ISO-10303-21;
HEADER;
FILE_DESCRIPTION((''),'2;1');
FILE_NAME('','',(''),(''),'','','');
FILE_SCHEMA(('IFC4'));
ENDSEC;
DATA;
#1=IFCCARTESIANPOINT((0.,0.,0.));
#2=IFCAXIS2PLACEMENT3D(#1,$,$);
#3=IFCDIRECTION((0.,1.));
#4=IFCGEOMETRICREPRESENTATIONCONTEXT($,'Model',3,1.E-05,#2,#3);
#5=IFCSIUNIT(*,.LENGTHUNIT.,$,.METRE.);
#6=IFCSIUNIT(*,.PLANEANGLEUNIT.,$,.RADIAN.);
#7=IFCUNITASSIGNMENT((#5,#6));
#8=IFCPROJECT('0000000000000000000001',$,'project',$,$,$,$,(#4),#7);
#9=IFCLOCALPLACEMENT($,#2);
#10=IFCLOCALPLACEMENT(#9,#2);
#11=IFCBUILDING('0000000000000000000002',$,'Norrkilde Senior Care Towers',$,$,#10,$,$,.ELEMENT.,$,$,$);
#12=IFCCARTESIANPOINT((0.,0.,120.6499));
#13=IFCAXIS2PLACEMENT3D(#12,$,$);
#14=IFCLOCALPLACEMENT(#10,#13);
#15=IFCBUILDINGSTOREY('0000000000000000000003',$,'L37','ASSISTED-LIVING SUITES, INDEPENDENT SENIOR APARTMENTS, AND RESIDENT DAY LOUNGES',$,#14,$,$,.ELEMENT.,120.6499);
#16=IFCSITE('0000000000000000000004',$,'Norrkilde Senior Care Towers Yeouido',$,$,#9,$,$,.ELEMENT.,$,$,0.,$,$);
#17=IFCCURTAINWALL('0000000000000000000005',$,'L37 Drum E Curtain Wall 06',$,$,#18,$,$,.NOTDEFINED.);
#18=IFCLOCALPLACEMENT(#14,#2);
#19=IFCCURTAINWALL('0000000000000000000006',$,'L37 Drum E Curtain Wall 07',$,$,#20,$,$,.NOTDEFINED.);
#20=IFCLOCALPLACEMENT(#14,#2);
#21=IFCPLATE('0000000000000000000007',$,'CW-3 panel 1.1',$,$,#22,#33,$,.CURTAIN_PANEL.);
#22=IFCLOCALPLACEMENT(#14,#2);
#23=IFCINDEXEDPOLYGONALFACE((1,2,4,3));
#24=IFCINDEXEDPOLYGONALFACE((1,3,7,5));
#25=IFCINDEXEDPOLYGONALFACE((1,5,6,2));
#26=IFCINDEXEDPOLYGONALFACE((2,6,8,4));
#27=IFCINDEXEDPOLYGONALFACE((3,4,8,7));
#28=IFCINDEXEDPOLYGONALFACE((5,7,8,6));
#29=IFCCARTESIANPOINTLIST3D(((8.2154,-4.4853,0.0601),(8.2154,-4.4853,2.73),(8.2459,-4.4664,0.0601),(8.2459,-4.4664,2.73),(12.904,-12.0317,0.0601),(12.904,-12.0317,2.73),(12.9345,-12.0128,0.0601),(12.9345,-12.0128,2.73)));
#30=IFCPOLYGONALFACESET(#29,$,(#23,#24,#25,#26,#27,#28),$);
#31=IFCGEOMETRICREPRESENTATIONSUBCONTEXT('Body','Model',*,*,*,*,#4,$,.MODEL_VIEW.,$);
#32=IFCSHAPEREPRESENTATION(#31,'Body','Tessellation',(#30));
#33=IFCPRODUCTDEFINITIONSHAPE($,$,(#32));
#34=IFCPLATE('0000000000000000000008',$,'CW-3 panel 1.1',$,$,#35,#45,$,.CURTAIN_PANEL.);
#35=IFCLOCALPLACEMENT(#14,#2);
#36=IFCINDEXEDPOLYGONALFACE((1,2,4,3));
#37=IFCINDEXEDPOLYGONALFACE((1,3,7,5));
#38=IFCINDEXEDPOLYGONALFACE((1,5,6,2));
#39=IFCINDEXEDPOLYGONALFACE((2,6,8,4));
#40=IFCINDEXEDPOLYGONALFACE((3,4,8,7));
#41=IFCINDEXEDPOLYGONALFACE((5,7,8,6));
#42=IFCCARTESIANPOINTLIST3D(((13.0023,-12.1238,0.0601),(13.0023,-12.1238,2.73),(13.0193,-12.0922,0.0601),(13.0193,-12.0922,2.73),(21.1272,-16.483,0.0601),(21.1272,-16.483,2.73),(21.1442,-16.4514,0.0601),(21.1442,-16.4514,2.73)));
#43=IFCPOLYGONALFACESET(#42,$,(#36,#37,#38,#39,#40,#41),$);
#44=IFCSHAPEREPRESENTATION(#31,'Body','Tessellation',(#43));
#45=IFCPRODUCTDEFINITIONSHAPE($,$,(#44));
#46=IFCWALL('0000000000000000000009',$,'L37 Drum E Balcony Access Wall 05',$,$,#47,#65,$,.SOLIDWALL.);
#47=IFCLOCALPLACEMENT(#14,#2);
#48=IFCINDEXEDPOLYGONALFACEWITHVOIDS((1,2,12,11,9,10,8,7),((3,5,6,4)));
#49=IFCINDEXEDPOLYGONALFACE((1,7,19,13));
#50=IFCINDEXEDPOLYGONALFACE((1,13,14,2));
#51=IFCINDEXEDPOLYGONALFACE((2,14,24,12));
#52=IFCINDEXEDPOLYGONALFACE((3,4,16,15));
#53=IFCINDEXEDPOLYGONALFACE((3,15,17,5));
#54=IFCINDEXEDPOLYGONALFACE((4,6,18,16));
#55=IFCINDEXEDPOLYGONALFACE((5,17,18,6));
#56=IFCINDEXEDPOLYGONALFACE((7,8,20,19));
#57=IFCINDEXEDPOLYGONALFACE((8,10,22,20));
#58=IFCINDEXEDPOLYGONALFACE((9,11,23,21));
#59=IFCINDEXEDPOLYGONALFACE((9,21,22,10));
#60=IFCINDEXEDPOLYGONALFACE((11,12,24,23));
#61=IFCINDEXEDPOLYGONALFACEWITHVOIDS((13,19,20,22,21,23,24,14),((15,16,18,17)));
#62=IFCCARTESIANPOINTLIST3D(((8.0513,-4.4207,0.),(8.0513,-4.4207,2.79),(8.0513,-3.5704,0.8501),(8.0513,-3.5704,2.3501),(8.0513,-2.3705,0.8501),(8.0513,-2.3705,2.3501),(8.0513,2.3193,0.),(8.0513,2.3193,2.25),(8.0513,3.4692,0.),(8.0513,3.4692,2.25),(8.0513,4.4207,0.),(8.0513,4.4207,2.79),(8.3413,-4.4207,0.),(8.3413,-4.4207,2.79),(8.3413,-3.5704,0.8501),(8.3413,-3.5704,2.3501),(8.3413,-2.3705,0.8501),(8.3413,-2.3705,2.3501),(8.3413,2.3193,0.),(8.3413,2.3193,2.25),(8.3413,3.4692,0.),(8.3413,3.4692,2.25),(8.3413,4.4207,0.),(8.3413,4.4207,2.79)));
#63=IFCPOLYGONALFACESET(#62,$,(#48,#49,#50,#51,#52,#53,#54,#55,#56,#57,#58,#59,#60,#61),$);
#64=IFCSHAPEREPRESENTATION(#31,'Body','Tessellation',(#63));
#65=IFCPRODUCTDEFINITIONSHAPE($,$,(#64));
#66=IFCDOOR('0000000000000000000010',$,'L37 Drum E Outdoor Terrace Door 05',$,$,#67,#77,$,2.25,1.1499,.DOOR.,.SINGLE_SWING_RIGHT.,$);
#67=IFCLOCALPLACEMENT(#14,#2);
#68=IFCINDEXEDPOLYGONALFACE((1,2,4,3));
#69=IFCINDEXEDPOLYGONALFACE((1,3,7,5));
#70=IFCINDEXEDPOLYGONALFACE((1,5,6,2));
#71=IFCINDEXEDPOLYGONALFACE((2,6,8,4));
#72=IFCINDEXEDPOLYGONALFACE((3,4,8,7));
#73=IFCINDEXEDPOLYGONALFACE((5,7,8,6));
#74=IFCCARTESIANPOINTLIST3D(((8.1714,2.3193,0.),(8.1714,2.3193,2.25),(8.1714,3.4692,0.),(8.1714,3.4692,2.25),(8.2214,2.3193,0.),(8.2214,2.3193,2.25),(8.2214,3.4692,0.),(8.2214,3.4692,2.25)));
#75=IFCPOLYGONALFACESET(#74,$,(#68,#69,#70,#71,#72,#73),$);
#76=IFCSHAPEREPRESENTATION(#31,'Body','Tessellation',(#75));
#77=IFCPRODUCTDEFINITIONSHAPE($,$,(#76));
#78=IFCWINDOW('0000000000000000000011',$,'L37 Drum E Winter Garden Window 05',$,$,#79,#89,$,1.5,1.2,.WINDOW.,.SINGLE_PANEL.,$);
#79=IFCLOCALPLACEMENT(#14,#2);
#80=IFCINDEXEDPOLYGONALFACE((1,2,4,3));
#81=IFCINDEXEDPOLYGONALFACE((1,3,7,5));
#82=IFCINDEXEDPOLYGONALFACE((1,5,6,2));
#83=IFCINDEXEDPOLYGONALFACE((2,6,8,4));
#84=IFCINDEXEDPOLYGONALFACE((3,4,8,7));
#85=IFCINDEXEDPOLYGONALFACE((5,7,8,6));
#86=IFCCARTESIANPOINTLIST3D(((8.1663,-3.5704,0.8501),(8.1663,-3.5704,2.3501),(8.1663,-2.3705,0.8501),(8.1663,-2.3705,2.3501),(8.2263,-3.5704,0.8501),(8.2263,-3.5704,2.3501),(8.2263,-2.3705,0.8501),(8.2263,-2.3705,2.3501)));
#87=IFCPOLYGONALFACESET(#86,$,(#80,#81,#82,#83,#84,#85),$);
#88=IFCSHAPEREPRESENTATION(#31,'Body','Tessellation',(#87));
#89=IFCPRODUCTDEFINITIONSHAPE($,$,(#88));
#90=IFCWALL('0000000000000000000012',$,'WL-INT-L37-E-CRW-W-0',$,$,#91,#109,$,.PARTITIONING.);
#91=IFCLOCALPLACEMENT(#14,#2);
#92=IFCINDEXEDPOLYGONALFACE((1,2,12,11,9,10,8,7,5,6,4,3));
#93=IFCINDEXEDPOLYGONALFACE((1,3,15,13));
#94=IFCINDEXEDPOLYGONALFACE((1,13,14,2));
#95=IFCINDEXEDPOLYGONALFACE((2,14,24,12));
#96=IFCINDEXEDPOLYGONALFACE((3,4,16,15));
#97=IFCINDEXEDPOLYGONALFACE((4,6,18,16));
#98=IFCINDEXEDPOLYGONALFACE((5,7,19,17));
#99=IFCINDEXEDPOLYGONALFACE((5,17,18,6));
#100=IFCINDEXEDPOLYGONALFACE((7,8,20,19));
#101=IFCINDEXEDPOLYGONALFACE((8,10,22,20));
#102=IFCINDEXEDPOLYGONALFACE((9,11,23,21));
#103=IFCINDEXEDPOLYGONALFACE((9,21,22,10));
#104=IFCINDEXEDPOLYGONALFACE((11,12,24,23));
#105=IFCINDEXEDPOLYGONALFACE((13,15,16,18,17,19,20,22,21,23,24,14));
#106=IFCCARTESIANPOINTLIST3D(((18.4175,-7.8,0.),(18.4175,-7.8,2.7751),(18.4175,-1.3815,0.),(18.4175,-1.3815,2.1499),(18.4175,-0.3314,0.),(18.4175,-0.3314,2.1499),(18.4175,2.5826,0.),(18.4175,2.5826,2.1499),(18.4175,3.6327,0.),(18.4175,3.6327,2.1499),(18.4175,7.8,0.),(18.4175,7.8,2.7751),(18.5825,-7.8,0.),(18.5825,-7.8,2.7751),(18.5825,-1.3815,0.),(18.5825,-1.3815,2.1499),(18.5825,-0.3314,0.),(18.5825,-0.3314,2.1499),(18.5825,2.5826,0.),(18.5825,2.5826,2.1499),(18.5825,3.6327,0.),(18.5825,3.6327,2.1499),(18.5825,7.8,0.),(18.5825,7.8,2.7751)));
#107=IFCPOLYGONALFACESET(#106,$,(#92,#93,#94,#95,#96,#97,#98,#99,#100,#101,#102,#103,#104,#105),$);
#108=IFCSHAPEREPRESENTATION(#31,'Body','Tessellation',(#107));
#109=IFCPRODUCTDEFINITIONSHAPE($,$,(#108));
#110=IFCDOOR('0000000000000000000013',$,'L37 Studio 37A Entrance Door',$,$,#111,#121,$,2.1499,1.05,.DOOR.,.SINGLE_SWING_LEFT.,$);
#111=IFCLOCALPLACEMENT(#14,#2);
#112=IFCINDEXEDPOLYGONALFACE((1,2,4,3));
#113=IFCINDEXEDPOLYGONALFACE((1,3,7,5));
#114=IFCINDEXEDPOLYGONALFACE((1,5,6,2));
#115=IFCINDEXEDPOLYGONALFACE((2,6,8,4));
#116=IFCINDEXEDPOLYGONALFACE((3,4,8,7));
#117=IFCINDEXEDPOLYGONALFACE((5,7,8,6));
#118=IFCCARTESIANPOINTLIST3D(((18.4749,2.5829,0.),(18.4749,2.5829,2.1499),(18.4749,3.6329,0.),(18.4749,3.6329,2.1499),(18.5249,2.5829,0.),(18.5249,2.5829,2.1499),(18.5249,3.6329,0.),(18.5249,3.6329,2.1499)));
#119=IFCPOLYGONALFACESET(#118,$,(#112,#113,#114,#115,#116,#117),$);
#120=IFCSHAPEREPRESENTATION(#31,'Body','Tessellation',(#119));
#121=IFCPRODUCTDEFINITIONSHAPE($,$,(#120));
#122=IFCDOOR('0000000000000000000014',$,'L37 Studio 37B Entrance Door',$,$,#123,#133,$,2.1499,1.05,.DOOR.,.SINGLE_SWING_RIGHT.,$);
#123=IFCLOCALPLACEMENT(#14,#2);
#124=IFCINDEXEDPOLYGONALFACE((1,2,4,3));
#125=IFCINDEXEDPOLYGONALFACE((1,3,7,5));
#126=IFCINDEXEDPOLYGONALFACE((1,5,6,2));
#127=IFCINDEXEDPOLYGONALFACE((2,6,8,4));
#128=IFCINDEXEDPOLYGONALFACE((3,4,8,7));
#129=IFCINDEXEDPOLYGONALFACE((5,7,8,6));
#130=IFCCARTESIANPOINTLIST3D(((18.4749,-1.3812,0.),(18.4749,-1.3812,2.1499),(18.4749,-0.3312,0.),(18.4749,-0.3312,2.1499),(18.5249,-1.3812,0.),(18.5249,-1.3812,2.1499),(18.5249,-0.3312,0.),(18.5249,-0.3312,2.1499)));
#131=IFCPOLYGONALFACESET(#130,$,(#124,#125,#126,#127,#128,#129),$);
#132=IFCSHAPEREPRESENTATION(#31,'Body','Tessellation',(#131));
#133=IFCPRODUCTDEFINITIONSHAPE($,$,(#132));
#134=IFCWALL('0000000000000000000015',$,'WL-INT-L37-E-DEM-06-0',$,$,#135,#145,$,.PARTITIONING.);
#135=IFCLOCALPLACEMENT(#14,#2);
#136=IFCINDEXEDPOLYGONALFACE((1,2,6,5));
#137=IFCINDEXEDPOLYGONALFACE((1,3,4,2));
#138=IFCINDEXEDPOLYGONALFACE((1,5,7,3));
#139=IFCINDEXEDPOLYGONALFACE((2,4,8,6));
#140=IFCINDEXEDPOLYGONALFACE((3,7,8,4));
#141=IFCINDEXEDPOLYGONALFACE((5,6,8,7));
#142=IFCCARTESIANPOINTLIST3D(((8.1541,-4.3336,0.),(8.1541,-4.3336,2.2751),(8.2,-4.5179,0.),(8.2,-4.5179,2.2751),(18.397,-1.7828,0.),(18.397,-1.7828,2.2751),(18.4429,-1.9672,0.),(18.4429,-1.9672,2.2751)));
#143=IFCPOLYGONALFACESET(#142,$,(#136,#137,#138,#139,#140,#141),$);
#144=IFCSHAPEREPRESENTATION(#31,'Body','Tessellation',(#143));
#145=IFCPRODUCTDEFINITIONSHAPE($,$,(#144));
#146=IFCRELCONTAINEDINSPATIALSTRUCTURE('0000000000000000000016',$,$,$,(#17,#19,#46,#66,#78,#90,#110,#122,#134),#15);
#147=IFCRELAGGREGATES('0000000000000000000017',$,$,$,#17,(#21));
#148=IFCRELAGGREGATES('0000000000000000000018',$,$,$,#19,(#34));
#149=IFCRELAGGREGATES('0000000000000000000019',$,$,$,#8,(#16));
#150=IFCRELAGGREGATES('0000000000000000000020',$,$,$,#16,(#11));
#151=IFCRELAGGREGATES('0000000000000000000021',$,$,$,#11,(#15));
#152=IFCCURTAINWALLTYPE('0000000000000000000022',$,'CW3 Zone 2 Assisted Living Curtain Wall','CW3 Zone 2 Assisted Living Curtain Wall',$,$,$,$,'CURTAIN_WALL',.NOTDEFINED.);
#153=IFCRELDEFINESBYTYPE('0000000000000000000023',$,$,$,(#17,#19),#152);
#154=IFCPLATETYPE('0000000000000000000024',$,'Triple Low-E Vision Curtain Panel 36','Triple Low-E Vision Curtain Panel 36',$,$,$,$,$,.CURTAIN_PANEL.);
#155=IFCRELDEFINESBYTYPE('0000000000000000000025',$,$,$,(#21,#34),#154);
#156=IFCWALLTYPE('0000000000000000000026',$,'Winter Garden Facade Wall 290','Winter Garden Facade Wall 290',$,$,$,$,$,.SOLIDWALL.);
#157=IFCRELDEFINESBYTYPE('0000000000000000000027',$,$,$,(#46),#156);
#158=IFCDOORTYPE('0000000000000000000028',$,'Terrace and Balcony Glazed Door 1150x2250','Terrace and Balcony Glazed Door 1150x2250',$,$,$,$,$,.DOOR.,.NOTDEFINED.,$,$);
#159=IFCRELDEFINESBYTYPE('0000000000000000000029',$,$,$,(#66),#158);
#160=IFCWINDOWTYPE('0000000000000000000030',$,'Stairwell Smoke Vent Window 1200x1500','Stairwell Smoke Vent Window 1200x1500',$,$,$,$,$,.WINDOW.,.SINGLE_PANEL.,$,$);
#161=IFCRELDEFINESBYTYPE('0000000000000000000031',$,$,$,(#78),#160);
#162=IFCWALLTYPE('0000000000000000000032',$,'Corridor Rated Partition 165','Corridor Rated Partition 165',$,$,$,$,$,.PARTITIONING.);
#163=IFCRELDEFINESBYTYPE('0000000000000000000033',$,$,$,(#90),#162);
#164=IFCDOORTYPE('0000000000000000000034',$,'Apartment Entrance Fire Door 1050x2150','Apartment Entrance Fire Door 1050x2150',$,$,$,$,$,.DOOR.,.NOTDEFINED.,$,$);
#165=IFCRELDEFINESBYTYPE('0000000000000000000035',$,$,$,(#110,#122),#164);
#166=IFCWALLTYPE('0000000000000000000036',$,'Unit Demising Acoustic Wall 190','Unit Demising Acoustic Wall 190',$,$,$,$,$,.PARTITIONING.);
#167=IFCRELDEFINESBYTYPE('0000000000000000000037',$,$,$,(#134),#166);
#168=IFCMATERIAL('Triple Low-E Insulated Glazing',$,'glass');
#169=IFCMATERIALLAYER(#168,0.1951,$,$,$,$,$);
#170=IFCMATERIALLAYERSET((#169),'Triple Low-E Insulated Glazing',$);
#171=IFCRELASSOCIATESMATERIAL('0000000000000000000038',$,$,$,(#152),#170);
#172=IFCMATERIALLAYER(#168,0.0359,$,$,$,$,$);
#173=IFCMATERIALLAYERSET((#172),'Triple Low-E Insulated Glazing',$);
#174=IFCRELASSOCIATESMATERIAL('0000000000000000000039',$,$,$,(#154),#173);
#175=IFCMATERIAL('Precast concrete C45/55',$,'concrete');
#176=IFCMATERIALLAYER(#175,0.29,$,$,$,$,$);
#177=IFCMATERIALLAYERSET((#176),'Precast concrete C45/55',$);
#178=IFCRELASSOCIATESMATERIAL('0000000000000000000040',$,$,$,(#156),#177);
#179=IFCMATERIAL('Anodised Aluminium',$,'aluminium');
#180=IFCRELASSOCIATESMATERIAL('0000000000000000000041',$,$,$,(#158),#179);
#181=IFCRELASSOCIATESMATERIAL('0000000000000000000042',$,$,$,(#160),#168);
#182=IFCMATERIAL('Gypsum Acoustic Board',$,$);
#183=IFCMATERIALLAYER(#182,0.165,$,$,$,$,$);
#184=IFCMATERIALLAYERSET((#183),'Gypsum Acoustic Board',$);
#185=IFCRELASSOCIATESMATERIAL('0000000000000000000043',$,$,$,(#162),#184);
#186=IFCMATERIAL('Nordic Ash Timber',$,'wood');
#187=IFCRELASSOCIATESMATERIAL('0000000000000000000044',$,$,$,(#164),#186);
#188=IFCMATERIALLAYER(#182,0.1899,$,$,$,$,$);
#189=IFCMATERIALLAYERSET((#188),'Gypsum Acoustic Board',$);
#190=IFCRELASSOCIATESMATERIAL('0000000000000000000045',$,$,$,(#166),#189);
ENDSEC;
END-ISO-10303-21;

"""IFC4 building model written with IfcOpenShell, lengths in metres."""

from ifc_helpers import new_model, si_unit, direction, frame, frame_2d, origin, origin_2d, place, context, subcontext, project, spatial, rectangle, extrude, source, transform, mapped, material, layer, layer_set, type_object, type_shapes, element, fill, aggregate, save


model = new_model("IFC4")

# Units and contexts
model_context = context("Model", 3, precision=1e-05, world=origin(), true_north=direction((0.0, 1.0)))
body_context = subcontext(model_context, "Body", "Model", "MODEL_VIEW")
ifc_project = project(units=[si_unit("LENGTHUNIT", "METRE"), si_unit("PLANEANGLEUNIT", "RADIAN")], contexts=[model_context])

# Site, building, storey
site_placement = place(None, origin())
site = spatial("IfcSite", under=ifc_project, at=site_placement, Name="Norrkilde Senior Care Towers Yeouido", CompositionType="ELEMENT", RefElevation=0.0)
building_placement = place(site_placement, origin())
building = spatial("IfcBuilding", under=site, at=building_placement, Name="Norrkilde Senior Care Towers", CompositionType="ELEMENT")
storey_placement = place(building_placement, frame((0.0, 0.0, 120.6499)))
storey = spatial("IfcBuildingStorey", under=building, at=storey_placement, Name="L37", Description="ASSISTED-LIVING SUITES, INDEPENDENT SENIOR APARTMENTS, AND RESIDENT DAY LOUNGES", CompositionType="ELEMENT", Elevation=120.6499)

# Curtain wall
ifc_material_1 = material(Name="Triple Low-E Insulated Glazing", Category="glass")
ifc_layer_1 = layer(ifc_material_1, 0.1951)
ifc_layer_set_1 = layer_set([ifc_layer_1], Name="Triple Low-E Insulated Glazing")
curtain_wall_type = type_object("IfcCurtainWallType", Name="CW3 Zone 2 Assisted Living Curtain Wall", Description="CW3 Zone 2 Assisted Living Curtain Wall", ElementType="CURTAIN_WALL", PredefinedType="NOTDEFINED", material=ifc_layer_set_1)
curtain_wall_1_placement = place(storey_placement, origin())
curtain_wall_1 = element("IfcCurtainWall", 1, at=curtain_wall_1_placement, inside=storey, type_object=curtain_wall_type, Name="L37 Drum E Curtain Wall 06", PredefinedType="NOTDEFINED")
ifc_material_2 = material(Name="Anodised Aluminium", Category="aluminium")

# Curtain wall
curtain_wall_2_placement = place(storey_placement, origin())
curtain_wall_2 = element("IfcCurtainWall", 2, at=curtain_wall_2_placement, inside=storey, type_object=curtain_wall_type, Name="L37 Drum E Curtain Wall 07", PredefinedType="NOTDEFINED")

# Plates
ifc_layer_2 = layer(ifc_material_1, 0.0359)
ifc_layer_set_2 = layer_set([ifc_layer_2], Name="Triple Low-E Insulated Glazing")
plate_type = type_object("IfcPlateType", Name="Triple Low-E Vision Curtain Panel 36", Description="Triple Low-E Vision Curtain Panel 36", PredefinedType="CURTAIN_PANEL", material=ifc_layer_set_2)
shared_shape_1 = source(origin(), body_context, "Body", "SweptSolid", [
    extrude(rectangle(XDim=8.8843, YDim=0.0359, at=origin_2d()), origin(), (0.0, 0.0, 1.0), 2.6699),
])
plate_1_placement = place(storey_placement, frame((10.575, -8.249, 0.0601), z_axis=(0.0, 0.0, 1.0), x_axis=(-0.527733, 0.84941, 0.0)))
plate_1 = element("IfcPlate", 3, at=plate_1_placement, type_object=plate_type, Name="CW-3 panel 1.1", PredefinedType="CURTAIN_PANEL", context=body_context, shape_type="MappedRepresentation", body=[
    mapped(shared_shape_1, transform((0.0, 0.0, 0.0), x_axis=(1.0, 0.0, 0.0), y_axis=(0.0, 1.0, 0.0), z_axis=(0.0, 0.0, 1.0), scale=1.0)),
])
aggregate(curtain_wall_1, [plate_1])
shared_shape_2 = source(origin(), body_context, "Body", "SweptSolid", [
    extrude(rectangle(XDim=9.2205, YDim=0.0359, at=origin_2d()), origin(), (0.0, 0.0, 1.0), 2.6699),
])
type_shapes(plate_type, [shared_shape_1, shared_shape_2])
plate_2_placement = place(storey_placement, frame((17.0732, -14.2876, 0.0601), z_axis=(0.0, 0.0, 1.0), x_axis=(-0.881186, 0.472769, 0.0)))
plate_2 = element("IfcPlate", 4, at=plate_2_placement, type_object=plate_type, Name="CW-3 panel 1.1", PredefinedType="CURTAIN_PANEL", context=body_context, shape_type="MappedRepresentation", body=[
    mapped(shared_shape_2, transform((0.0, 0.0, 0.0), x_axis=(1.0, 0.0, 0.0), y_axis=(0.0, 1.0, 0.0), z_axis=(0.0, 0.0, 1.0), scale=1.0)),
])
aggregate(curtain_wall_2, [plate_2])

# Wall, openings, door, window
ifc_material_3 = material(Name="Precast concrete C45/55", Category="concrete")
ifc_layer_3 = layer(ifc_material_3, 0.29)
ifc_layer_set_3 = layer_set([ifc_layer_3], Name="Precast concrete C45/55")
wall_type_1 = type_object("IfcWallType", Name="Winter Garden Facade Wall 290", Description="Winter Garden Facade Wall 290", PredefinedType="SOLIDWALL", material=ifc_layer_set_3)
shared_shape_3 = source(origin(), body_context, "Body", "SweptSolid", [
    extrude(rectangle(XDim=8.8413, YDim=0.29, at=frame_2d((4.4207, 0.0))), origin(), (0.0, 0.0, 1.0), 2.79),
])
type_shapes(wall_type_1, [shared_shape_3])
wall_1_placement = place(storey_placement, frame((8.1963, -4.4207, 0.0), z_axis=(0.0, 0.0, 1.0), x_axis=(0.0, 1.0, 0.0)))
wall_1 = element("IfcWall", 5, at=wall_1_placement, inside=storey, type_object=wall_type_1, Name="L37 Drum E Balcony Access Wall 05", PredefinedType="SOLIDWALL", context=body_context, shape_type="MappedRepresentation", body=[
    mapped(shared_shape_3, transform((0.0, 0.0, 0.0), x_axis=(1.0, 0.0, 0.0), y_axis=(0.0, 1.0, 0.0), z_axis=(0.0, 0.0, 1.0), scale=1.0)),
])
opening_1_placement = place(wall_1_placement, frame((6.74, 0.0, 0.0)))
opening_1 = element("IfcOpeningElement", 6, at=opening_1_placement, cuts=wall_1, PredefinedType="OPENING", context=body_context, shape_type="SweptSolid", body=[
    extrude(rectangle(XDim=1.1499, YDim=2.25, at=frame_2d((0.575, 1.125))), frame((0.0, 0.155, 0.0), z_axis=(0.0, -1.0, 0.0), x_axis=(1.0, 0.0, 0.0)), (0.0, 0.0, 1.0), 0.3101),
])
opening_2_placement = place(wall_1_placement, frame((0.8501, 0.0, 0.8501)))
opening_2 = element("IfcOpeningElement", 7, at=opening_2_placement, cuts=wall_1, PredefinedType="OPENING", context=body_context, shape_type="SweptSolid", body=[
    extrude(rectangle(XDim=1.2, YDim=1.5, at=frame_2d((0.6001, 0.75))), frame((0.0, 0.155, 0.0), z_axis=(0.0, -1.0, 0.0), x_axis=(1.0, 0.0, 0.0)), (0.0, 0.0, 1.0), 0.3101),
])
door_type_1 = type_object("IfcDoorType", Name="Terrace and Balcony Glazed Door 1150x2250", Description="Terrace and Balcony Glazed Door 1150x2250", OperationType="NOTDEFINED", PredefinedType="DOOR", material=ifc_material_2)
shared_shape_4 = source(origin(), body_context, "Body", "SweptSolid", [
    extrude(rectangle(XDim=1.1499, YDim=2.25, at=frame_2d((0.575, 1.125))), frame((0.0, 0.0249, 0.0), z_axis=(0.0, -1.0, 0.0), x_axis=(1.0, 0.0, 0.0)), (0.0, 0.0, 1.0), 0.05),
])
type_shapes(door_type_1, [shared_shape_4])
door_1_placement = place(opening_1_placement, origin())
door_1 = element("IfcDoor", 8, at=door_1_placement, inside=storey, type_object=door_type_1, Name="L37 Drum E Outdoor Terrace Door 05", OperationType="SINGLE_SWING_RIGHT", OverallHeight=2.25, OverallWidth=1.1499, PredefinedType="DOOR", context=body_context, shape_type="MappedRepresentation", body=[
    mapped(shared_shape_4, transform((0.0, 0.0, 0.0), x_axis=(1.0, 0.0, 0.0), y_axis=(0.0, 1.0, 0.0), z_axis=(0.0, 0.0, 1.0), scale=1.0)),
])
fill(opening_1, door_1)
window_type = type_object("IfcWindowType", Name="Stairwell Smoke Vent Window 1200x1500", Description="Stairwell Smoke Vent Window 1200x1500", PartitioningType="SINGLE_PANEL", PredefinedType="WINDOW", material=ifc_material_1)
shared_shape_5 = source(origin(), body_context, "Body", "SweptSolid", [
    extrude(rectangle(XDim=1.2, YDim=1.5, at=frame_2d((0.6001, 0.75))), frame((0.0, 0.03, 0.0), z_axis=(0.0, -1.0, 0.0), x_axis=(1.0, 0.0, 0.0)), (0.0, 0.0, 1.0), 0.0601),
])
type_shapes(window_type, [shared_shape_5])
window_placement = place(opening_2_placement, origin())
window = element("IfcWindow", 9, at=window_placement, inside=storey, type_object=window_type, Name="L37 Drum E Winter Garden Window 05", OverallHeight=1.5, OverallWidth=1.2, PartitioningType="SINGLE_PANEL", PredefinedType="WINDOW", context=body_context, shape_type="MappedRepresentation", body=[
    mapped(shared_shape_5, transform((0.0, 0.0, 0.0), x_axis=(1.0, 0.0, 0.0), y_axis=(0.0, 1.0, 0.0), z_axis=(0.0, 0.0, 1.0), scale=1.0)),
])
fill(opening_2, window)

# Wall, openings, doors
ifc_material_4 = material(Name="Gypsum Acoustic Board")
ifc_layer_4 = layer(ifc_material_4, 0.165)
ifc_layer_set_4 = layer_set([ifc_layer_4], Name="Gypsum Acoustic Board")
wall_type_2 = type_object("IfcWallType", Name="Corridor Rated Partition 165", Description="Corridor Rated Partition 165", PredefinedType="PARTITIONING", material=ifc_layer_set_4)
shared_shape_6 = source(origin(), body_context, "Body", "SweptSolid", [
    extrude(rectangle(XDim=15.6001, YDim=0.165, at=frame_2d((7.8, 0.0))), origin(), (0.0, 0.0, 1.0), 2.7751),
])
type_shapes(wall_type_2, [shared_shape_6])
wall_2_placement = place(storey_placement, frame((18.5, -7.8, 0.0), z_axis=(0.0, 0.0, 1.0), x_axis=(0.0, 1.0, 0.0)))
wall_2 = element("IfcWall", 10, at=wall_2_placement, inside=storey, type_object=wall_type_2, Name="WL-INT-L37-E-CRW-W-0", PredefinedType="PARTITIONING", context=body_context, shape_type="MappedRepresentation", body=[
    mapped(shared_shape_6, transform((0.0, 0.0, 0.0), x_axis=(1.0, 0.0, 0.0), y_axis=(0.0, 1.0, 0.0), z_axis=(0.0, 0.0, 1.0), scale=1.0)),
])
opening_3_placement = place(wall_2_placement, frame((10.3828, 0.0, 0.0)))
opening_3 = element("IfcOpeningElement", 11, at=opening_3_placement, cuts=wall_2, PredefinedType="OPENING", context=body_context, shape_type="SweptSolid", body=[
    extrude(rectangle(XDim=1.05, YDim=2.1499, at=frame_2d((0.5249, 1.075))), frame((0.0, 0.0925, 0.0), z_axis=(0.0, -1.0, 0.0), x_axis=(1.0, 0.0, 0.0)), (0.0, 0.0, 1.0), 0.1851),
])
opening_4_placement = place(wall_2_placement, frame((6.4187, 0.0, 0.0)))
opening_4 = element("IfcOpeningElement", 12, at=opening_4_placement, cuts=wall_2, PredefinedType="OPENING", context=body_context, shape_type="SweptSolid", body=[
    extrude(rectangle(XDim=1.05, YDim=2.1499, at=frame_2d((0.5249, 1.075))), frame((0.0, 0.0925, 0.0), z_axis=(0.0, -1.0, 0.0), x_axis=(1.0, 0.0, 0.0)), (0.0, 0.0, 1.0), 0.1851),
])
ifc_material_5 = material(Name="Nordic Ash Timber", Category="wood")
door_type_2 = type_object("IfcDoorType", Name="Apartment Entrance Fire Door 1050x2150", Description="Apartment Entrance Fire Door 1050x2150", OperationType="NOTDEFINED", PredefinedType="DOOR", material=ifc_material_5)
shared_shape_7 = source(origin(), body_context, "Body", "SweptSolid", [
    extrude(rectangle(XDim=1.05, YDim=2.1499, at=frame_2d((0.5249, 1.075))), frame((0.0, 0.0249, 0.0), z_axis=(0.0, -1.0, 0.0), x_axis=(1.0, 0.0, 0.0)), (0.0, 0.0, 1.0), 0.05),
])
type_shapes(door_type_2, [shared_shape_7])
door_2_placement = place(opening_3_placement, frame((1.05, 0.0, 0.0), z_axis=(0.0, 0.0, 1.0), x_axis=(-1.0, 0.0, 0.0)))
door_2 = element("IfcDoor", 13, at=door_2_placement, inside=storey, type_object=door_type_2, Name="L37 Studio 37A Entrance Door", OperationType="SINGLE_SWING_LEFT", OverallHeight=2.1499, OverallWidth=1.05, PredefinedType="DOOR", context=body_context, shape_type="MappedRepresentation", body=[
    mapped(shared_shape_7, transform((0.0, 0.0, 0.0), x_axis=(1.0, 0.0, 0.0), y_axis=(0.0, 1.0, 0.0), z_axis=(0.0, 0.0, 1.0), scale=1.0)),
])
fill(opening_3, door_2)
door_3_placement = place(opening_4_placement, frame((1.05, 0.0, 0.0), z_axis=(0.0, 0.0, 1.0), x_axis=(-1.0, 0.0, 0.0)))
door_3 = element("IfcDoor", 14, at=door_3_placement, inside=storey, type_object=door_type_2, Name="L37 Studio 37B Entrance Door", OperationType="SINGLE_SWING_RIGHT", OverallHeight=2.1499, OverallWidth=1.05, PredefinedType="DOOR", context=body_context, shape_type="MappedRepresentation", body=[
    mapped(shared_shape_7, transform((0.0, 0.0, 0.0), x_axis=(1.0, 0.0, 0.0), y_axis=(0.0, 1.0, 0.0), z_axis=(0.0, 0.0, 1.0), scale=1.0)),
])
fill(opening_4, door_3)

# Wall
ifc_layer_5 = layer(ifc_material_4, 0.1899)
ifc_layer_set_5 = layer_set([ifc_layer_5], Name="Gypsum Acoustic Board")
wall_type_3 = type_object("IfcWallType", Name="Unit Demising Acoustic Wall 190", Description="Unit Demising Acoustic Wall 190", PredefinedType="PARTITIONING", material=ifc_layer_set_5)
shared_shape_8 = source(origin(), body_context, "Body", "SweptSolid", [
    extrude(rectangle(XDim=10.5557, YDim=0.1899, at=frame_2d((5.2778, 0.0))), origin(), (0.0, 0.0, 1.0), 2.2751),
])
type_shapes(wall_type_3, [shared_shape_8])
wall_3_placement = place(storey_placement, frame((18.4199, -1.875, 0.0), z_axis=(0.0, 0.0, 1.0), x_axis=(-0.970364, -0.241648, 0.0)))
element("IfcWall", 15, at=wall_3_placement, inside=storey, type_object=wall_type_3, Name="WL-INT-L37-E-DEM-06-0", PredefinedType="PARTITIONING", context=body_context, shape_type="MappedRepresentation", body=[
    mapped(shared_shape_8, transform((0.0, 0.0, 0.0), x_axis=(1.0, 0.0, 0.0), y_axis=(0.0, 1.0, 0.0), z_axis=(0.0, 0.0, 1.0), scale=1.0)),
])

save(model, "model.ifc")
